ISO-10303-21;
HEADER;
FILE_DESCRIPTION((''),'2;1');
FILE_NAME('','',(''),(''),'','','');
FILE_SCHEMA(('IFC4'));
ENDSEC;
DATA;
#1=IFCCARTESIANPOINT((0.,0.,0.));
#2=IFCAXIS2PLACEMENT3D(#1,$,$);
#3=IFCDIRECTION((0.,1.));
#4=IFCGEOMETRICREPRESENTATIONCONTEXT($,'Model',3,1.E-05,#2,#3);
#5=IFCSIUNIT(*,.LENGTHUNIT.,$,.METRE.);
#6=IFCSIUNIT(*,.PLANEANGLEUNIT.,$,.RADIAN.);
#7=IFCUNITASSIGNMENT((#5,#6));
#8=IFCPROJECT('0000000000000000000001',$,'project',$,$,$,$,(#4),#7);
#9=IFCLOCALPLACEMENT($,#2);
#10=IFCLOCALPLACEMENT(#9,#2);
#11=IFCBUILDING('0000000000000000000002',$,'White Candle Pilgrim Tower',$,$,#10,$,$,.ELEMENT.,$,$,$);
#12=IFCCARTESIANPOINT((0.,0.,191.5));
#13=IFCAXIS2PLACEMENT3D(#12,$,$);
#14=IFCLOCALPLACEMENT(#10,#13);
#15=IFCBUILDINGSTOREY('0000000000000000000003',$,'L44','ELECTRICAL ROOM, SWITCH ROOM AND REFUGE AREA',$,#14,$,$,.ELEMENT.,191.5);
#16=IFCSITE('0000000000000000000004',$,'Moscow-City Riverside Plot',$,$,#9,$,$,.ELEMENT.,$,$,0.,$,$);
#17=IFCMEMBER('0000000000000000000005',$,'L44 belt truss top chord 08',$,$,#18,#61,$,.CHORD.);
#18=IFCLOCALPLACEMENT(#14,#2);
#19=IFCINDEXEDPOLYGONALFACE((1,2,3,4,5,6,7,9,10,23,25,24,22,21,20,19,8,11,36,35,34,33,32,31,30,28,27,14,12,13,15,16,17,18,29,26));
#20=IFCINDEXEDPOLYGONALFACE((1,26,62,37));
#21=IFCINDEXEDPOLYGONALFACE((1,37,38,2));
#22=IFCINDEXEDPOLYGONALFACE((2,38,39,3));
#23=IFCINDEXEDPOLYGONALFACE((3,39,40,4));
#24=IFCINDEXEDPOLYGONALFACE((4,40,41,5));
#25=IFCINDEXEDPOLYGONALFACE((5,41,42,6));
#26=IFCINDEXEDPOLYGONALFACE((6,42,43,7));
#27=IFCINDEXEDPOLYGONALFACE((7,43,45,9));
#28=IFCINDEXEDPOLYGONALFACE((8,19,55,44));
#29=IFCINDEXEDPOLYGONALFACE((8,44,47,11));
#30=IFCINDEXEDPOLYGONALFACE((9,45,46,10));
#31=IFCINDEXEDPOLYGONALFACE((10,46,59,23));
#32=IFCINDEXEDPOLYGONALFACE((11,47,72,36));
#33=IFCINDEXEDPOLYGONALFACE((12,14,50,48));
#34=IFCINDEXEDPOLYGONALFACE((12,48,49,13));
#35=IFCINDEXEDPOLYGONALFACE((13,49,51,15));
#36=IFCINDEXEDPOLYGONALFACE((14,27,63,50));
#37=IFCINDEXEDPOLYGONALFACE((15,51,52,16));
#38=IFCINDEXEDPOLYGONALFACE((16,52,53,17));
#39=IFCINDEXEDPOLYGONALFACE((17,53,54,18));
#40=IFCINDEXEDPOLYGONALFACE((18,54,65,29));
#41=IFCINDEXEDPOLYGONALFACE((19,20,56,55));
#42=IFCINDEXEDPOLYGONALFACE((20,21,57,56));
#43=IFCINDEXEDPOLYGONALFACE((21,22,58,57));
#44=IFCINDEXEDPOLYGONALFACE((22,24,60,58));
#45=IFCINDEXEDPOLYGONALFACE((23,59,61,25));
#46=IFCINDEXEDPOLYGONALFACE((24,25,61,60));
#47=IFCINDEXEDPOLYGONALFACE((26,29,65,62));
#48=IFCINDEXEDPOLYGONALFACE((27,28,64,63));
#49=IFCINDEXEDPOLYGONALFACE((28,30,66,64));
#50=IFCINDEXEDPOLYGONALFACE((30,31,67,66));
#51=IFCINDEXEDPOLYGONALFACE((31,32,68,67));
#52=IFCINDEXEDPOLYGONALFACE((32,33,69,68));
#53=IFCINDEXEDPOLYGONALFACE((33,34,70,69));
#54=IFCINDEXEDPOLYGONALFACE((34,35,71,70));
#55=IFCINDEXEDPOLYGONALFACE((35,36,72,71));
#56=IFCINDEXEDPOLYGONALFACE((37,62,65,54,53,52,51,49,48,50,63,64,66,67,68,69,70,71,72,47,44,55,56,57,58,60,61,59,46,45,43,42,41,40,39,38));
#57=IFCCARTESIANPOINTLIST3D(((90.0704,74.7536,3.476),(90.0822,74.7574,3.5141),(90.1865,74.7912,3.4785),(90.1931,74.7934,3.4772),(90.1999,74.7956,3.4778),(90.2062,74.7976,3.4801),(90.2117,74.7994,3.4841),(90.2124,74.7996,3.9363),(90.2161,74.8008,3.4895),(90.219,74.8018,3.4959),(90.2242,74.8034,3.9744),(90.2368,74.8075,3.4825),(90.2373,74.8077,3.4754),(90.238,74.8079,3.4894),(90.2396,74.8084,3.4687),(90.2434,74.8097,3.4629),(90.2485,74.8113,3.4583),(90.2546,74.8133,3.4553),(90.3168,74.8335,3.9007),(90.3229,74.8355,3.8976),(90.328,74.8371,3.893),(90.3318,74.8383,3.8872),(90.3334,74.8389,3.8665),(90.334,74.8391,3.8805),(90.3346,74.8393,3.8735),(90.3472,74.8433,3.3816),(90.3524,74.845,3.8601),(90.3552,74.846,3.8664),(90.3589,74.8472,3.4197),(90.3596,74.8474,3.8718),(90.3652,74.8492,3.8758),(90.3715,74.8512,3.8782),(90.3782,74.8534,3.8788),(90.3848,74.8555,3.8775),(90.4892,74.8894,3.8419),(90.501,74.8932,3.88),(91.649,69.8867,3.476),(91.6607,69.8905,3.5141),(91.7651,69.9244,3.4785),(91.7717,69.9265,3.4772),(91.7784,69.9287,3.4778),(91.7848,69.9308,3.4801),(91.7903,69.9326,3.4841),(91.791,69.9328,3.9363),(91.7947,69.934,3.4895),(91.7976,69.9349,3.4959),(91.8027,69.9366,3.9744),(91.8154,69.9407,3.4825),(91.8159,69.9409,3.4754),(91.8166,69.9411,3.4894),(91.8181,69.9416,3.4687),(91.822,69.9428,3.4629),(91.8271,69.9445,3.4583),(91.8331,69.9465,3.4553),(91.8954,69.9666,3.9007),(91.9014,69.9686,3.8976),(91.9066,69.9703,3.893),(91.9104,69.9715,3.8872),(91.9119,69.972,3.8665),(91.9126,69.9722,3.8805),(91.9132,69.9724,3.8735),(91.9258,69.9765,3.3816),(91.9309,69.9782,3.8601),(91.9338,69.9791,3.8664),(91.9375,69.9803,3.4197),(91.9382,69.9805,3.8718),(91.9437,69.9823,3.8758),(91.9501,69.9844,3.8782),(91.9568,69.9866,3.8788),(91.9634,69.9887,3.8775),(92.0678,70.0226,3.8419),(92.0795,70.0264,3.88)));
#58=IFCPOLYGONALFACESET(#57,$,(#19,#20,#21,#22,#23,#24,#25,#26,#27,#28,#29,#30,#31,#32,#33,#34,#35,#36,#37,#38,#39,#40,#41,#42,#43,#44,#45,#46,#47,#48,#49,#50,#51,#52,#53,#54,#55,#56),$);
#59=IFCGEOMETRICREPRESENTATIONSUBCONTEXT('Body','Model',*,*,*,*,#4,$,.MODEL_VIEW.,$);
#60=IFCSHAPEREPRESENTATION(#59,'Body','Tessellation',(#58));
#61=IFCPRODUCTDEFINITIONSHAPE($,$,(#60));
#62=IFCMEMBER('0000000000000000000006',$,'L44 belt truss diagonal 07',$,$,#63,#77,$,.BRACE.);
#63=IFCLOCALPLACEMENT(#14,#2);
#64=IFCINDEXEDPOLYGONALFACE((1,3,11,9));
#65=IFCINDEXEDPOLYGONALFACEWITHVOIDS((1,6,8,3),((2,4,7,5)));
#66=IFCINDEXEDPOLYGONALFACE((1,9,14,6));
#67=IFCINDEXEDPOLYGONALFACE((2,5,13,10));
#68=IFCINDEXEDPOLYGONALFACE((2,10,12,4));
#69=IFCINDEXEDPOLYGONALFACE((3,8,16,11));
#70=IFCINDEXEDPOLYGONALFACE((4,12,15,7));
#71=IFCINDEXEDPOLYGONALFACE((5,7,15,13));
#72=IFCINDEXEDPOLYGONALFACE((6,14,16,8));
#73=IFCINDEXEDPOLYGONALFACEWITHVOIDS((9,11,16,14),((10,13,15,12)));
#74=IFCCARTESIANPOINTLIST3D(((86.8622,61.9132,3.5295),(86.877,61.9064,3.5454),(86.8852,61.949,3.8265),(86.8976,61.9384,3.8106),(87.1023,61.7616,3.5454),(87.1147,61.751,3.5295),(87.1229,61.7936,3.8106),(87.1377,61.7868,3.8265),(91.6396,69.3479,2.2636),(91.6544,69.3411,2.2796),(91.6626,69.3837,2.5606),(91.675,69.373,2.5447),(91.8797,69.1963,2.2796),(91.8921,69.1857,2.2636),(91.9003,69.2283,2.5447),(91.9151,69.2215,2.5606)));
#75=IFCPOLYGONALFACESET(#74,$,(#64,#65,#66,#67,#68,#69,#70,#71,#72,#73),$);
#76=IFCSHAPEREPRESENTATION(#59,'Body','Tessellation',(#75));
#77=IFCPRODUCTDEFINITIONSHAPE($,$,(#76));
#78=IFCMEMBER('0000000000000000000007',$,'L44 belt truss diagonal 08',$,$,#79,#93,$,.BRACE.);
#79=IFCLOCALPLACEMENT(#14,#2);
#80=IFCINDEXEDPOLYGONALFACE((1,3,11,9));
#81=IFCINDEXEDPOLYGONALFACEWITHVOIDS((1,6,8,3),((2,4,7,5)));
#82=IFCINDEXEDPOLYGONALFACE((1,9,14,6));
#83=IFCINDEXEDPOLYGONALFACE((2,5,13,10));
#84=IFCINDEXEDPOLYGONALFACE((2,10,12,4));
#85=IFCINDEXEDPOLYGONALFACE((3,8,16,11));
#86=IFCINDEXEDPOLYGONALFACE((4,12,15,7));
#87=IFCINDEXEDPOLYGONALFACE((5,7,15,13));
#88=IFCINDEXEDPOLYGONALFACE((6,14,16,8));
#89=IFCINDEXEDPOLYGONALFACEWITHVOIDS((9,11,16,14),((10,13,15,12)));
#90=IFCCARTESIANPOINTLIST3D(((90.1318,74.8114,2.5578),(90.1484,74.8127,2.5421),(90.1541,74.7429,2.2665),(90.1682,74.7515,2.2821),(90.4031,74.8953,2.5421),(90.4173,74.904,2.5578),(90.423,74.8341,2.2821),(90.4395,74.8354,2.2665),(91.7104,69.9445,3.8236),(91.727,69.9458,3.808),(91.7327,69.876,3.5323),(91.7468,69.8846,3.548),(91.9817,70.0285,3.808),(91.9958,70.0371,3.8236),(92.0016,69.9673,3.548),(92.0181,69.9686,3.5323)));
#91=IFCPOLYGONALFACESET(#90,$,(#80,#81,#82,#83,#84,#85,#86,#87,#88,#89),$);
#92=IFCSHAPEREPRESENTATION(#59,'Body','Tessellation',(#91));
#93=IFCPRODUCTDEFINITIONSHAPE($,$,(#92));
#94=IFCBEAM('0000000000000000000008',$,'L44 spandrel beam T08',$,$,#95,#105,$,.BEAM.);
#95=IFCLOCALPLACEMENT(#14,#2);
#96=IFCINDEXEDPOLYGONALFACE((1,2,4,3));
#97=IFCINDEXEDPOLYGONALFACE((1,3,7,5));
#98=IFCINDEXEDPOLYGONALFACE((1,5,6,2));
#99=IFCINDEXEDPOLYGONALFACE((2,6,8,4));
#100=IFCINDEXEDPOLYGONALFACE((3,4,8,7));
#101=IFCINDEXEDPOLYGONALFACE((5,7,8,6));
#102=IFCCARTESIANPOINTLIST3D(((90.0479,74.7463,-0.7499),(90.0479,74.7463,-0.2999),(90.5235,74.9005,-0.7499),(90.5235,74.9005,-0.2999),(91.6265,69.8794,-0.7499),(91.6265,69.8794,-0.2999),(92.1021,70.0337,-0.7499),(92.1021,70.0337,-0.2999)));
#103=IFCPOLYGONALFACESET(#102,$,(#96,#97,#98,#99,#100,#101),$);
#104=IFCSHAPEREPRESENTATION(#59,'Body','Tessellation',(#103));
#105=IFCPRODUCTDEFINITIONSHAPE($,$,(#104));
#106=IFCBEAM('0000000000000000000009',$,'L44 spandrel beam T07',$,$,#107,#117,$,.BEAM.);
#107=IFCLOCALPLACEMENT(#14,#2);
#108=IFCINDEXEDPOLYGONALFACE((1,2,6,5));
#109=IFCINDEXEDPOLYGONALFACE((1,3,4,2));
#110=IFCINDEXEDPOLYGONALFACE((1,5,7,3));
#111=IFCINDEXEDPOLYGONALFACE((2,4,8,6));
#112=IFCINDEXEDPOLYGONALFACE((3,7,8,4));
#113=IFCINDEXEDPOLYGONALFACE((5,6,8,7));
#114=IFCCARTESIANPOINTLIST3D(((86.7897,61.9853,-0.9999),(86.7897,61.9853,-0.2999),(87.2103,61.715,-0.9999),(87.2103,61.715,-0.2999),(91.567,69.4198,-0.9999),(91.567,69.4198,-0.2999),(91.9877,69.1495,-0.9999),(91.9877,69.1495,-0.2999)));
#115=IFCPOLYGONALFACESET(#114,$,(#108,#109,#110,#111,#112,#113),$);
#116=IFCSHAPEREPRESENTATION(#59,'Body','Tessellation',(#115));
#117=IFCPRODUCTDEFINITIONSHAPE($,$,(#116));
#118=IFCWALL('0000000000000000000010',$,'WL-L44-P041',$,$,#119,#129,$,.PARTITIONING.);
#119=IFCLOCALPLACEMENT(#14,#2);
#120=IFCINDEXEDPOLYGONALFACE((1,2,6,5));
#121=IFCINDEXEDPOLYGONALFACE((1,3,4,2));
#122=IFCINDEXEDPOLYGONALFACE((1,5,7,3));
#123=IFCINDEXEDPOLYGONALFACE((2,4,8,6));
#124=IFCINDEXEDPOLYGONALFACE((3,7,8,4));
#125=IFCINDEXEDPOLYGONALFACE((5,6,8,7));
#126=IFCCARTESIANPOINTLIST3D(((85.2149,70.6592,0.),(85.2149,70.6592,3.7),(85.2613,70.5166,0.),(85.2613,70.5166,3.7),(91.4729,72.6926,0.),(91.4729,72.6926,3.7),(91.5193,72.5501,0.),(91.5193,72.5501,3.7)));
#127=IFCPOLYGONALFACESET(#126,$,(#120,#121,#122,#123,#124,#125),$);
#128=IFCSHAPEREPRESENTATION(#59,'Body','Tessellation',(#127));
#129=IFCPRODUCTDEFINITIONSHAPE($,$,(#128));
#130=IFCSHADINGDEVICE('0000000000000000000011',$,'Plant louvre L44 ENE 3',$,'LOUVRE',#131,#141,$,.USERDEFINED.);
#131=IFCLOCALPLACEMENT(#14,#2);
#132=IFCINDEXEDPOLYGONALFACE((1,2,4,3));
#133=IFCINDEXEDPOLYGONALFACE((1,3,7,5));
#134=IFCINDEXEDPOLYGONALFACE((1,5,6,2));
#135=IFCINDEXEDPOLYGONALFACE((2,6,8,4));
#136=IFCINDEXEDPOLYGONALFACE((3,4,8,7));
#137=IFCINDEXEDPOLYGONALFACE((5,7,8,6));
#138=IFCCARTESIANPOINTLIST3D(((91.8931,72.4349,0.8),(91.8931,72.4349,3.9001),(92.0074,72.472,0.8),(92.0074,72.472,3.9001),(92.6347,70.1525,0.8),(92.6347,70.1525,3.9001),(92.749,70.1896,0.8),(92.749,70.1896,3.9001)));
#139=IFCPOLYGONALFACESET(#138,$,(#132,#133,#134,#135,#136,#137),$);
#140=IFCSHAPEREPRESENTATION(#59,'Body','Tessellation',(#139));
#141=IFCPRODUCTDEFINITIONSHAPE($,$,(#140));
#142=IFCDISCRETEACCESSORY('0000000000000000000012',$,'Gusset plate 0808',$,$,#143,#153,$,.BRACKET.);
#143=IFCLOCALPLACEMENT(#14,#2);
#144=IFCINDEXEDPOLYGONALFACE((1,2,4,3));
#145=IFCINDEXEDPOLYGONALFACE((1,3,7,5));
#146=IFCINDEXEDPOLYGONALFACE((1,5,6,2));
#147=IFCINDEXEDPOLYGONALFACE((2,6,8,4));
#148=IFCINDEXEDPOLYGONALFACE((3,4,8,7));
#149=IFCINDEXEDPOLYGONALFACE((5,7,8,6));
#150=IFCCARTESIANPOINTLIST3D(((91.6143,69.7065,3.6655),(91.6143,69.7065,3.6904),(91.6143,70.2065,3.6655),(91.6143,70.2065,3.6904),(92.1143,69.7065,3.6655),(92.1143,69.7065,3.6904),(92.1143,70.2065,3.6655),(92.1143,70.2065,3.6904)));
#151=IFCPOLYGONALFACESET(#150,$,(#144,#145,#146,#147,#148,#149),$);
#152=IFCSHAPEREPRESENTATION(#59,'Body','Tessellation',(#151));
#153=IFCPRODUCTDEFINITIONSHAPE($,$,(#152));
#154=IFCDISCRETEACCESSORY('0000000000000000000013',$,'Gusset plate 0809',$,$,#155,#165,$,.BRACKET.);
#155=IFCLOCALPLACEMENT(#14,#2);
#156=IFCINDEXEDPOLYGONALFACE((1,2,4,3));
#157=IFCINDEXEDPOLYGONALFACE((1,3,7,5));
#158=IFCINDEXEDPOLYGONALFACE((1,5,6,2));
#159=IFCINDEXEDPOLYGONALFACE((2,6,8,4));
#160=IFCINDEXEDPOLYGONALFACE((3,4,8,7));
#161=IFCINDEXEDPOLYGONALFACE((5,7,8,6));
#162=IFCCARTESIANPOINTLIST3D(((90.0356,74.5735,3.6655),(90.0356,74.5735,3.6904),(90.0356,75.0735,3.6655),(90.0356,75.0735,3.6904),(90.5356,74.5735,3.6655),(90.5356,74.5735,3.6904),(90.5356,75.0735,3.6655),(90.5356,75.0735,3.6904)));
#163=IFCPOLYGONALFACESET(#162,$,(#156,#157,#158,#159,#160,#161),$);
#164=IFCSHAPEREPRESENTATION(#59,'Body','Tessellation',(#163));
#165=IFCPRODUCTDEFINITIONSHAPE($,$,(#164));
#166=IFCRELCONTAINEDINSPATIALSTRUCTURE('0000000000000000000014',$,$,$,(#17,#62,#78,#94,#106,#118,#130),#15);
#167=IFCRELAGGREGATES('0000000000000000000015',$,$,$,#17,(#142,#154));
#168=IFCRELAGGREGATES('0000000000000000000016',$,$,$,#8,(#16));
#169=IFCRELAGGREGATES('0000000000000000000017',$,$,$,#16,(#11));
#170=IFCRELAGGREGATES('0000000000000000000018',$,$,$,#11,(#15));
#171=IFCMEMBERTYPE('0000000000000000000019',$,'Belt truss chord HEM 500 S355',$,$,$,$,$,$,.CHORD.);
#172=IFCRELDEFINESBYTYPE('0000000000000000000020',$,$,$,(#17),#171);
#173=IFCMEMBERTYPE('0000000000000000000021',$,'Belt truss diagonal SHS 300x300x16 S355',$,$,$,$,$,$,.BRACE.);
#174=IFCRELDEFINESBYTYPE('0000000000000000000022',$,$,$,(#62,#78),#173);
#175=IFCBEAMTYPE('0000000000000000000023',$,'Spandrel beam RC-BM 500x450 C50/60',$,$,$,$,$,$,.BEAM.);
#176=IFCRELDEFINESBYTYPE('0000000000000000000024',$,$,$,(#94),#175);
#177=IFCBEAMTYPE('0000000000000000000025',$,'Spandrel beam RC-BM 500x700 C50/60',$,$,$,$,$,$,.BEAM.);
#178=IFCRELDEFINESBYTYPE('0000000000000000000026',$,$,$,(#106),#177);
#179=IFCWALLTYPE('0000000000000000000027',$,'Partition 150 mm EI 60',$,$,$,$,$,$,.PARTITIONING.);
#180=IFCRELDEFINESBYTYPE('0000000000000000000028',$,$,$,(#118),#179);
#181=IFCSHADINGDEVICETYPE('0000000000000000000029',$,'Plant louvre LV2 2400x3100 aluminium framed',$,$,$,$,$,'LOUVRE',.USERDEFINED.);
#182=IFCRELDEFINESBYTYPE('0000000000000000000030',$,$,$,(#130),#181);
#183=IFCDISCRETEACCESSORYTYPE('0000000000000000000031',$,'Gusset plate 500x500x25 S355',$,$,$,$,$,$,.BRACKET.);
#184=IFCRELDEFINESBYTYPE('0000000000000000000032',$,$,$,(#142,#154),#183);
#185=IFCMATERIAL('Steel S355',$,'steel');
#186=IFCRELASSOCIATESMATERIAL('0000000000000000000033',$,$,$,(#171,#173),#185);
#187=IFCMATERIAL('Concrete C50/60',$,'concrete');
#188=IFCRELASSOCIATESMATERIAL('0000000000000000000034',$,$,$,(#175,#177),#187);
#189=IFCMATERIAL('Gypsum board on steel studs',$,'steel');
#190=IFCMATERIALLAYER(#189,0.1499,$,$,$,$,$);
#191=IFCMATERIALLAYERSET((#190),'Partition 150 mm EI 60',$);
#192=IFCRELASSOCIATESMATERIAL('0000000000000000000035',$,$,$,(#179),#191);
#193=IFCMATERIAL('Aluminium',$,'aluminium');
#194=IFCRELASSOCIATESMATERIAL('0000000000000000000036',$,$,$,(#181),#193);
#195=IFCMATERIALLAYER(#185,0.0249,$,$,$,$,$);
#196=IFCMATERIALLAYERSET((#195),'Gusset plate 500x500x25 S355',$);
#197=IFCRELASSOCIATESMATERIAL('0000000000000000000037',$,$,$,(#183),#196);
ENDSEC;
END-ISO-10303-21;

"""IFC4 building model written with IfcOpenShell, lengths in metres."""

from ifc_helpers import new_model, si_unit, direction, frame, frame_2d, origin, origin_2d, place, context, subcontext, project, spatial, rectangle, hollow_rectangle, i_section, extrude, material, layer, layer_set, material_profile, profile_set, type_object, element, aggregate, save


model = new_model("IFC4")

# Units and contexts
model_context = context("Model", 3, precision=1e-05, world=origin(), true_north=direction((0.0, 1.0)))
body_context = subcontext(model_context, "Body", "Model", "MODEL_VIEW")
ifc_project = project(units=[si_unit("LENGTHUNIT", "METRE"), si_unit("PLANEANGLEUNIT", "RADIAN")], contexts=[model_context])

# Site, building, storey
site_placement = place(None, origin())
site = spatial("IfcSite", under=ifc_project, at=site_placement, Name="Moscow-City Riverside Plot", CompositionType="ELEMENT", RefElevation=0.0)
building_placement = place(site_placement, origin())
building = spatial("IfcBuilding", under=site, at=building_placement, Name="White Candle Pilgrim Tower", CompositionType="ELEMENT")
storey_placement = place(building_placement, frame((0.0, 0.0, 191.5)))
storey = spatial("IfcBuildingStorey", under=building, at=storey_placement, Name="L44", Description="ELECTRICAL ROOM, SWITCH ROOM AND REFUGE AREA", CompositionType="ELEMENT", Elevation=191.5)

# Member
ifc_material_1 = material(Name="Steel S355", Category="steel")
ifc_material_profile_1 = material_profile(ifc_material_1, i_section(OverallWidth=0.3059, OverallDepth=0.5239, WebThickness=0.021, FlangeThickness=0.04, FilletRadius=0.0271, at=origin_2d()), Name="HEM 500")
ifc_profile_set_1 = profile_set([ifc_material_profile_1], Name="Steel S355")
member_type_1 = type_object("IfcMemberType", Name="Belt truss chord HEM 500 S355", PredefinedType="CHORD", material=ifc_profile_set_1)
member_1_placement = place(storey_placement, frame((91.8643, 69.9565, 3.678), z_axis=(-0.30853, 0.951214, 0.0), x_axis=(0.904807, 0.293478, -0.308536)))
member_1 = element("IfcMember", 1, at=member_1_placement, inside=storey, type_object=member_type_1, Name="L44 belt truss top chord 08", PredefinedType="CHORD", context=body_context, shape_type="SweptSolid", body=[
    extrude(i_section(OverallWidth=0.3059, OverallDepth=0.5239, WebThickness=0.021, FlangeThickness=0.04, FilletRadius=0.0271, at=origin_2d()), origin(), (0.0, 0.0, 1.0), 5.1165),
])

# Members
ifc_material_profile_2 = material_profile(ifc_material_1, hollow_rectangle(XDim=0.3, YDim=0.3, WallThickness=0.0161, at=origin_2d()), Name="SHS 300x300x16")
ifc_profile_set_2 = profile_set([ifc_material_profile_2], Name="Steel S355")
member_type_2 = type_object("IfcMemberType", Name="Belt truss diagonal SHS 300x300x16 S355", PredefinedType="BRACE", material=ifc_profile_set_2)
member_2_placement = place(storey_placement, frame((91.7773, 69.2847, 2.4121), z_axis=(-0.535133, -0.832782, 0.141796), x_axis=(0.841283, -0.540596, 0.0)))
element("IfcMember", 2, at=member_2_placement, inside=storey, type_object=member_type_2, Name="L44 belt truss diagonal 07", PredefinedType="BRACE", context=body_context, shape_type="SweptSolid", body=[
    extrude(hollow_rectangle(XDim=0.3, YDim=0.3, WallThickness=0.0161, at=origin_2d()), origin(), (0.0, 0.0, 1.0), 8.9275),
])
member_3_placement = place(storey_placement, frame((91.8643, 69.9565, 3.678), z_axis=(-0.2995, 0.923374, -0.240165), x_axis=(-0.951214, -0.30853, 0.0)))
element("IfcMember", 3, at=member_3_placement, inside=storey, type_object=member_type_2, Name="L44 belt truss diagonal 08", PredefinedType="BRACE", context=body_context, shape_type="SweptSolid", body=[
    extrude(hollow_rectangle(XDim=0.3, YDim=0.3, WallThickness=0.0161, at=origin_2d()), origin(), (0.0, 0.0, 1.0), 5.2708),
])

# Beams
ifc_material_2 = material(Name="Concrete C50/60", Category="concrete")
ifc_material_profile_3 = material_profile(ifc_material_2, rectangle(XDim=0.5, YDim=0.45, at=origin_2d()), Name="RC-BM 500x450")
ifc_profile_set_3 = profile_set([ifc_material_profile_3], Name="Concrete C50/60")
beam_type_1 = type_object("IfcBeamType", Name="Spandrel beam RC-BM 500x450 C50/60", PredefinedType="BEAM", material=ifc_profile_set_3)
beam_1_placement = place(storey_placement, frame((91.8643, 69.9565, -0.5249), z_axis=(-0.30853, 0.951214, 0.0), x_axis=(-0.951214, -0.30853, 0.0)))
element("IfcBeam", 4, at=beam_1_placement, inside=storey, type_object=beam_type_1, Name="L44 spandrel beam T08", PredefinedType="BEAM", context=body_context, shape_type="SweptSolid", body=[
    extrude(rectangle(XDim=0.5, YDim=0.45, at=origin_2d()), origin(), (0.0, 0.0, 1.0), 5.1165),
])
ifc_material_profile_4 = material_profile(ifc_material_2, rectangle(XDim=0.5, YDim=0.7, at=origin_2d()), Name="RC-BM 500x700")
ifc_profile_set_4 = profile_set([ifc_material_profile_4], Name="Concrete C50/60")
beam_type_2 = type_object("IfcBeamType", Name="Spandrel beam RC-BM 500x700 C50/60", PredefinedType="BEAM", material=ifc_profile_set_4)
beam_2_placement = place(storey_placement, frame((91.7773, 69.2847, -0.6499), z_axis=(-0.540596, -0.841283, 0.0), x_axis=(0.841283, -0.540596, 0.0)))
element("IfcBeam", 5, at=beam_2_placement, inside=storey, type_object=beam_type_2, Name="L44 spandrel beam T07", PredefinedType="BEAM", context=body_context, shape_type="SweptSolid", body=[
    extrude(rectangle(XDim=0.5, YDim=0.7, at=origin_2d()), origin(), (0.0, 0.0, 1.0), 8.8372),
])

# Wall
ifc_material_3 = material(Name="Gypsum board on steel studs", Category="steel")
ifc_layer_1 = layer(ifc_material_3, 0.1499)
ifc_layer_set_1 = layer_set([ifc_layer_1], Name="Partition 150 mm EI 60")
wall_type = type_object("IfcWallType", Name="Partition 150 mm EI 60", PredefinedType="PARTITIONING", material=ifc_layer_set_1)
wall_placement = place(storey_placement, frame((91.4961, 72.6213, 0.0), z_axis=(0.0, 0.0, 1.0), x_axis=(-0.951053, -0.309028, 0.0)))
element("IfcWall", 6, at=wall_placement, inside=storey, type_object=wall_type, Name="WL-L44-P041", PredefinedType="PARTITIONING", context=body_context, shape_type="SweptSolid", body=[
    extrude(rectangle(XDim=6.5801, YDim=0.1499, at=frame_2d((3.29, 0.0))), origin(), (0.0, 0.0, 1.0), 3.7),
])

# Shading device
ifc_material_4 = material(Name="Aluminium", Category="aluminium")
shading_device_type = type_object("IfcShadingDeviceType", Name="Plant louvre LV2 2400x3100 aluminium framed", ElementType="LOUVRE", PredefinedType="USERDEFINED", material=ifc_material_4)
shading_device_placement = place(storey_placement, frame((92.321, 71.3123, 0.8), z_axis=(0.0, 0.0, 1.0), x_axis=(-0.309017, 0.951057, 0.0)))
element("IfcShadingDevice", 7, at=shading_device_placement, inside=storey, type_object=shading_device_type, Name="Plant louvre L44 ENE 3", ObjectType="LOUVRE", PredefinedType="USERDEFINED", context=body_context, shape_type="SweptSolid", body=[
    extrude(rectangle(XDim=2.3999, YDim=0.1201, at=origin_2d()), origin(), (0.0, 0.0, 1.0), 3.1001),
])

# Discrete accessories
ifc_layer_2 = layer(ifc_material_1, 0.0249)
ifc_layer_set_2 = layer_set([ifc_layer_2], Name="Gusset plate 500x500x25 S355")
discrete_accessory_type_1 = type_object("IfcDiscreteAccessoryType", Name="Gusset plate 500x500x25 S355", PredefinedType="BRACKET", material=ifc_layer_set_2)
discrete_accessory_1_placement = place(storey_placement, frame((91.8643, 69.9565, 3.6655), z_axis=(0.0, 0.0, 1.0), x_axis=(1.0, 0.0, 0.0)))
discrete_accessory_1 = element("IfcDiscreteAccessory", 8, at=discrete_accessory_1_placement, type_object=discrete_accessory_type_1, Name="Gusset plate 0808", PredefinedType="BRACKET", context=body_context, shape_type="SweptSolid", body=[
    extrude(rectangle(XDim=0.5, YDim=0.5, at=origin_2d()), origin(), (0.0, 0.0, 1.0), 0.0249),
])
discrete_accessory_2_placement = place(storey_placement, frame((90.2856, 74.8235, 3.6655), z_axis=(0.0, 0.0, 1.0), x_axis=(1.0, 0.0, 0.0)))
discrete_accessory_2 = element("IfcDiscreteAccessory", 9, at=discrete_accessory_2_placement, type_object=discrete_accessory_type_1, Name="Gusset plate 0809", PredefinedType="BRACKET", context=body_context, shape_type="SweptSolid", body=[
    extrude(rectangle(XDim=0.5, YDim=0.5, at=origin_2d()), origin(), (0.0, 0.0, 1.0), 0.0249),
])
aggregate(member_1, [discrete_accessory_1, discrete_accessory_2])

save(model, "model.ifc")
